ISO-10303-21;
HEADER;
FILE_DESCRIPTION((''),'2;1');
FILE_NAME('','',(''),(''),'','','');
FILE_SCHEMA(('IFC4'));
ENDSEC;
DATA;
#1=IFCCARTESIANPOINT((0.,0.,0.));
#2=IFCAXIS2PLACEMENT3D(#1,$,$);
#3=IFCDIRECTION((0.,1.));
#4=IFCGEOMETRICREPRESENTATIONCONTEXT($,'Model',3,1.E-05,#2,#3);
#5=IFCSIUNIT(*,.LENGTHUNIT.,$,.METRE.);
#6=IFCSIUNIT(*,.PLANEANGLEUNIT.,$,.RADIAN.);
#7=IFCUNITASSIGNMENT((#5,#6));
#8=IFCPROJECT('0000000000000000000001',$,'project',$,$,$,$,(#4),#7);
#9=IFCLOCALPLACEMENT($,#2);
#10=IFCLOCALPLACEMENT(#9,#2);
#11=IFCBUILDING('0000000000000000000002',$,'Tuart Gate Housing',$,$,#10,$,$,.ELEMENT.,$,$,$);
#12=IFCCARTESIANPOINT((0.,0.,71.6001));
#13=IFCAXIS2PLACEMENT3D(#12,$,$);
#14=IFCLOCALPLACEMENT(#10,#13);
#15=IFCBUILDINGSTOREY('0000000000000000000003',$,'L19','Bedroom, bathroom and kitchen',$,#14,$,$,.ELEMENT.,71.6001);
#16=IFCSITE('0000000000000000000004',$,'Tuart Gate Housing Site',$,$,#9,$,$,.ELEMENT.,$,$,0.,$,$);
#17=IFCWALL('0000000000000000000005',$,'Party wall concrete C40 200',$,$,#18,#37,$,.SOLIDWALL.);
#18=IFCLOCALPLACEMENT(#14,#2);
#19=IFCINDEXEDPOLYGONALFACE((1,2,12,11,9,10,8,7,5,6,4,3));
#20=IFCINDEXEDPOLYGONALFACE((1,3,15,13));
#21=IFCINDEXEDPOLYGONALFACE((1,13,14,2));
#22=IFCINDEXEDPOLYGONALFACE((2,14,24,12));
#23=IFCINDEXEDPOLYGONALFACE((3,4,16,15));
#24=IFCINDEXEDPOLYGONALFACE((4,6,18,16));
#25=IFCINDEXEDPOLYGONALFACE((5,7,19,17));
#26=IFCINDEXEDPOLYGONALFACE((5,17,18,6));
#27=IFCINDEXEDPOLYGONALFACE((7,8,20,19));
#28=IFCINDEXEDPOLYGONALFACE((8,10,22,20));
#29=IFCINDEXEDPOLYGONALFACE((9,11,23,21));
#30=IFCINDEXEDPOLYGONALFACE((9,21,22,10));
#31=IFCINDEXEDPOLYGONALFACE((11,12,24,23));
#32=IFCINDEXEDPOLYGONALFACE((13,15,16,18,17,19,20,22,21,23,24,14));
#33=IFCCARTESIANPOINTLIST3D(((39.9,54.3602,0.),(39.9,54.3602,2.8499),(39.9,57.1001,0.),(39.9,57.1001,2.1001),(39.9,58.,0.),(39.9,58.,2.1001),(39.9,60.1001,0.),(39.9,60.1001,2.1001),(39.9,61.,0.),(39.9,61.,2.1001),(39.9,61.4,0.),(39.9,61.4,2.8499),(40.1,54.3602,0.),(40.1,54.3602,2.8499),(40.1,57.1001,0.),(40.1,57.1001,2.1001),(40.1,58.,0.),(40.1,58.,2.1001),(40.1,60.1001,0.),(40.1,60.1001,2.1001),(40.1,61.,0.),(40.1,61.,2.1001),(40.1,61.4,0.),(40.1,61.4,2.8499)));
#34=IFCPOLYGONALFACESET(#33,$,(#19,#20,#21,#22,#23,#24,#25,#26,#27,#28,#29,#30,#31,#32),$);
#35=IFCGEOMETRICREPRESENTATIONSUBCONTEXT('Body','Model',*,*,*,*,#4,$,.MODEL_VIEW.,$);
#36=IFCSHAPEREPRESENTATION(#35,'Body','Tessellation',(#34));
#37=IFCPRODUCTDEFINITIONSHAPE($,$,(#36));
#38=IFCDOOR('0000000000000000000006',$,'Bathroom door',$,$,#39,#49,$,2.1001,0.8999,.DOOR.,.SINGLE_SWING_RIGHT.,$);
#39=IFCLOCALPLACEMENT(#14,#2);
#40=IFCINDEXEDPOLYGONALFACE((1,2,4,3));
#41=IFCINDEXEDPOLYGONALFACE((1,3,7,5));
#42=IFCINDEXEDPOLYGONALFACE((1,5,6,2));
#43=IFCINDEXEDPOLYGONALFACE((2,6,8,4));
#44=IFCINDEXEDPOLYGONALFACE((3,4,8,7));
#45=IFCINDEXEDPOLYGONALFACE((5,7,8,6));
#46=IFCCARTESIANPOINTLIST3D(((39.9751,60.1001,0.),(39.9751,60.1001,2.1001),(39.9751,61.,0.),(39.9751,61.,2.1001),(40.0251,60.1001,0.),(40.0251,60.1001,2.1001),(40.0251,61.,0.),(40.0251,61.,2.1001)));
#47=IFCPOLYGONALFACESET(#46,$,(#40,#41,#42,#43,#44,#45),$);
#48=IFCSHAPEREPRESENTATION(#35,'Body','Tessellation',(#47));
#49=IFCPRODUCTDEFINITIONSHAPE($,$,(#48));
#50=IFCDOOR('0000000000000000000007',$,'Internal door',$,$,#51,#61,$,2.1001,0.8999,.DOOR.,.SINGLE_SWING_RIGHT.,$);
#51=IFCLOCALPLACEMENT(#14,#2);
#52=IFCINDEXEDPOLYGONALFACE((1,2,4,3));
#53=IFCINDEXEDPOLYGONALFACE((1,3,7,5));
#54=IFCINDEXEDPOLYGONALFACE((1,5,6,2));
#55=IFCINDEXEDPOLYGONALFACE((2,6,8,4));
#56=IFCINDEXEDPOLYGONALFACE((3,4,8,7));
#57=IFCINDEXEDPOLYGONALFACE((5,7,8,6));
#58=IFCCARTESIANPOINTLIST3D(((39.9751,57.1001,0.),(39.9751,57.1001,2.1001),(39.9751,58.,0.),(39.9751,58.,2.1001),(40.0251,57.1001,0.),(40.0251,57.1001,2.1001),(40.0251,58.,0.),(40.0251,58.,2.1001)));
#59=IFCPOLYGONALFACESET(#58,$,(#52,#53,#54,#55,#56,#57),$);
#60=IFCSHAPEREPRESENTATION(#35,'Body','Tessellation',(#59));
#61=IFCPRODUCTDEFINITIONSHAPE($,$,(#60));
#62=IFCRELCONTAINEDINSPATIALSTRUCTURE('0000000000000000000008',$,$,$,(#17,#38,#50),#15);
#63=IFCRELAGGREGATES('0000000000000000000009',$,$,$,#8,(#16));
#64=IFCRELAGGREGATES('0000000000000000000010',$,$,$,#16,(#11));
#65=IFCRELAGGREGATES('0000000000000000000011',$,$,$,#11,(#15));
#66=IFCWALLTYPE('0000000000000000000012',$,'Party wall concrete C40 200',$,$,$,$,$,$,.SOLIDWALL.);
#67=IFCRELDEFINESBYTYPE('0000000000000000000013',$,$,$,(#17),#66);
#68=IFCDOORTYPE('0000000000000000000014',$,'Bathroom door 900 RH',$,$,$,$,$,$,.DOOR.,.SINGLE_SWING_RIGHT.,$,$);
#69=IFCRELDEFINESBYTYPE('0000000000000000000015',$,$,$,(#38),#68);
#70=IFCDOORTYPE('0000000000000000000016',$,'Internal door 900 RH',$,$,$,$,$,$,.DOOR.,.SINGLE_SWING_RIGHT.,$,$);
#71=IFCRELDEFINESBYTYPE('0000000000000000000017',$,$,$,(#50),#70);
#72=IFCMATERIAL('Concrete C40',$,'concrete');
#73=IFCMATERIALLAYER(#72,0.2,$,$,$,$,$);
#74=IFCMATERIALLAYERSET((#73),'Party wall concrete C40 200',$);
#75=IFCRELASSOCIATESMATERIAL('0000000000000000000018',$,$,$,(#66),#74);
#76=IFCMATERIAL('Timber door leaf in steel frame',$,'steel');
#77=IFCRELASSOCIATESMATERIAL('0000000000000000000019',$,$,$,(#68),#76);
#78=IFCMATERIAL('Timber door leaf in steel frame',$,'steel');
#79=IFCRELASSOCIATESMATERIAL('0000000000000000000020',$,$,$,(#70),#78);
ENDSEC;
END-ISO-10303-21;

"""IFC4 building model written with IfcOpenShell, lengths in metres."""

from ifc_helpers import new_model, si_unit, direction, frame, frame_2d, origin, place, context, subcontext, project, spatial, rectangle, extrude, material, layer, layer_set, type_object, element, fill, save


model = new_model("IFC4")

# Units and contexts
model_context = context("Model", 3, precision=1e-05, world=origin(), true_north=direction((0.0, 1.0)))
body_context = subcontext(model_context, "Body", "Model", "MODEL_VIEW")
ifc_project = project(units=[si_unit("LENGTHUNIT", "METRE"), si_unit("PLANEANGLEUNIT", "RADIAN")], contexts=[model_context])

# Site, building, storey
site_placement = place(None, origin())
site = spatial("IfcSite", under=ifc_project, at=site_placement, Name="Tuart Gate Housing Site", CompositionType="ELEMENT", RefElevation=0.0)
building_placement = place(site_placement, origin())
building = spatial("IfcBuilding", under=site, at=building_placement, Name="Tuart Gate Housing", CompositionType="ELEMENT")
storey_placement = place(building_placement, frame((0.0, 0.0, 71.6001)))
storey = spatial("IfcBuildingStorey", under=building, at=storey_placement, Name="L19", Description="Bedroom, bathroom and kitchen", CompositionType="ELEMENT", Elevation=71.6001)

# Shared definitions
ifc_material_1 = material(Name="Concrete C40", Category="concrete")
ifc_layer_1 = layer(ifc_material_1, 0.2)
ifc_layer_set_1 = layer_set([ifc_layer_1], Name="Party wall concrete C40 200")
wall_type_1 = type_object("IfcWallType", Name="Party wall concrete C40 200", PredefinedType="SOLIDWALL", material=ifc_layer_set_1)

# Wall, openings, doors
wall_1_placement = place(storey_placement, frame((40.0, 54.3601, 0.0), z_axis=(0.0, 0.0, 1.0), x_axis=(0.0, 1.0, 0.0)))
wall_1 = element("IfcWall", 1, at=wall_1_placement, inside=storey, type_object=wall_type_1, Name="Party wall concrete C40 200", PredefinedType="SOLIDWALL", context=body_context, shape_type="SweptSolid", body=[
    extrude(rectangle(XDim=7.0398, YDim=0.2, at=frame_2d((3.52, 0.0))), origin(), (0.0, 0.0, 1.0), 2.8499),
])
opening_1_placement = place(wall_1_placement, frame((2.74, 0.0, 0.0)))
opening_1 = element("IfcOpeningElement", 2, at=opening_1_placement, cuts=wall_1, PredefinedType="OPENING", context=body_context, shape_type="SweptSolid", body=[
    extrude(rectangle(XDim=0.8999, YDim=2.1001, at=frame_2d((0.45, 1.05))), frame((0.0, 0.1099, 0.0), z_axis=(0.0, -1.0, 0.0), x_axis=(1.0, 0.0, 0.0)), (0.0, 0.0, 1.0), 0.22),
])
opening_2_placement = place(wall_1_placement, frame((5.74, 0.0, 0.0)))
opening_2 = element("IfcOpeningElement", 3, at=opening_2_placement, cuts=wall_1, PredefinedType="OPENING", context=body_context, shape_type="SweptSolid", body=[
    extrude(rectangle(XDim=0.8999, YDim=2.1001, at=frame_2d((0.45, 1.05))), frame((0.0, 0.1099, 0.0), z_axis=(0.0, -1.0, 0.0), x_axis=(1.0, 0.0, 0.0)), (0.0, 0.0, 1.0), 0.22),
])
ifc_material_2 = material(Name="Timber door leaf in steel frame", Category="steel")
door_type_1 = type_object("IfcDoorType", Name="Bathroom door 900 RH", OperationType="SINGLE_SWING_RIGHT", PredefinedType="DOOR", material=ifc_material_2)
door_1_placement = place(opening_2_placement, origin())
door_1 = element("IfcDoor", 4, at=door_1_placement, inside=storey, type_object=door_type_1, Name="Bathroom door", OperationType="SINGLE_SWING_RIGHT", OverallHeight=2.1001, OverallWidth=0.8999, PredefinedType="DOOR", context=body_context, shape_type="SweptSolid", body=[
    extrude(rectangle(XDim=0.8999, YDim=2.1001, at=frame_2d((0.45, 1.05))), frame((0.0, 0.0249, 0.0), z_axis=(0.0, -1.0, 0.0), x_axis=(1.0, 0.0, 0.0)), (0.0, 0.0, 1.0), 0.05),
])
fill(opening_2, door_1)
ifc_material_3 = material(Name="Timber door leaf in steel frame", Category="steel")
door_type_2 = type_object("IfcDoorType", Name="Internal door 900 RH", OperationType="SINGLE_SWING_RIGHT", PredefinedType="DOOR", material=ifc_material_3)
door_2_placement = place(opening_1_placement, origin())
door_2 = element("IfcDoor", 5, at=door_2_placement, inside=storey, type_object=door_type_2, Name="Internal door", OperationType="SINGLE_SWING_RIGHT", OverallHeight=2.1001, OverallWidth=0.8999, PredefinedType="DOOR", context=body_context, shape_type="SweptSolid", body=[
    extrude(rectangle(XDim=0.8999, YDim=2.1001, at=frame_2d((0.45, 1.05))), frame((0.0, 0.0249, 0.0), z_axis=(0.0, -1.0, 0.0), x_axis=(1.0, 0.0, 0.0)), (0.0, 0.0, 1.0), 0.05),
])
fill(opening_1, door_2)

save(model, "model.ifc")
